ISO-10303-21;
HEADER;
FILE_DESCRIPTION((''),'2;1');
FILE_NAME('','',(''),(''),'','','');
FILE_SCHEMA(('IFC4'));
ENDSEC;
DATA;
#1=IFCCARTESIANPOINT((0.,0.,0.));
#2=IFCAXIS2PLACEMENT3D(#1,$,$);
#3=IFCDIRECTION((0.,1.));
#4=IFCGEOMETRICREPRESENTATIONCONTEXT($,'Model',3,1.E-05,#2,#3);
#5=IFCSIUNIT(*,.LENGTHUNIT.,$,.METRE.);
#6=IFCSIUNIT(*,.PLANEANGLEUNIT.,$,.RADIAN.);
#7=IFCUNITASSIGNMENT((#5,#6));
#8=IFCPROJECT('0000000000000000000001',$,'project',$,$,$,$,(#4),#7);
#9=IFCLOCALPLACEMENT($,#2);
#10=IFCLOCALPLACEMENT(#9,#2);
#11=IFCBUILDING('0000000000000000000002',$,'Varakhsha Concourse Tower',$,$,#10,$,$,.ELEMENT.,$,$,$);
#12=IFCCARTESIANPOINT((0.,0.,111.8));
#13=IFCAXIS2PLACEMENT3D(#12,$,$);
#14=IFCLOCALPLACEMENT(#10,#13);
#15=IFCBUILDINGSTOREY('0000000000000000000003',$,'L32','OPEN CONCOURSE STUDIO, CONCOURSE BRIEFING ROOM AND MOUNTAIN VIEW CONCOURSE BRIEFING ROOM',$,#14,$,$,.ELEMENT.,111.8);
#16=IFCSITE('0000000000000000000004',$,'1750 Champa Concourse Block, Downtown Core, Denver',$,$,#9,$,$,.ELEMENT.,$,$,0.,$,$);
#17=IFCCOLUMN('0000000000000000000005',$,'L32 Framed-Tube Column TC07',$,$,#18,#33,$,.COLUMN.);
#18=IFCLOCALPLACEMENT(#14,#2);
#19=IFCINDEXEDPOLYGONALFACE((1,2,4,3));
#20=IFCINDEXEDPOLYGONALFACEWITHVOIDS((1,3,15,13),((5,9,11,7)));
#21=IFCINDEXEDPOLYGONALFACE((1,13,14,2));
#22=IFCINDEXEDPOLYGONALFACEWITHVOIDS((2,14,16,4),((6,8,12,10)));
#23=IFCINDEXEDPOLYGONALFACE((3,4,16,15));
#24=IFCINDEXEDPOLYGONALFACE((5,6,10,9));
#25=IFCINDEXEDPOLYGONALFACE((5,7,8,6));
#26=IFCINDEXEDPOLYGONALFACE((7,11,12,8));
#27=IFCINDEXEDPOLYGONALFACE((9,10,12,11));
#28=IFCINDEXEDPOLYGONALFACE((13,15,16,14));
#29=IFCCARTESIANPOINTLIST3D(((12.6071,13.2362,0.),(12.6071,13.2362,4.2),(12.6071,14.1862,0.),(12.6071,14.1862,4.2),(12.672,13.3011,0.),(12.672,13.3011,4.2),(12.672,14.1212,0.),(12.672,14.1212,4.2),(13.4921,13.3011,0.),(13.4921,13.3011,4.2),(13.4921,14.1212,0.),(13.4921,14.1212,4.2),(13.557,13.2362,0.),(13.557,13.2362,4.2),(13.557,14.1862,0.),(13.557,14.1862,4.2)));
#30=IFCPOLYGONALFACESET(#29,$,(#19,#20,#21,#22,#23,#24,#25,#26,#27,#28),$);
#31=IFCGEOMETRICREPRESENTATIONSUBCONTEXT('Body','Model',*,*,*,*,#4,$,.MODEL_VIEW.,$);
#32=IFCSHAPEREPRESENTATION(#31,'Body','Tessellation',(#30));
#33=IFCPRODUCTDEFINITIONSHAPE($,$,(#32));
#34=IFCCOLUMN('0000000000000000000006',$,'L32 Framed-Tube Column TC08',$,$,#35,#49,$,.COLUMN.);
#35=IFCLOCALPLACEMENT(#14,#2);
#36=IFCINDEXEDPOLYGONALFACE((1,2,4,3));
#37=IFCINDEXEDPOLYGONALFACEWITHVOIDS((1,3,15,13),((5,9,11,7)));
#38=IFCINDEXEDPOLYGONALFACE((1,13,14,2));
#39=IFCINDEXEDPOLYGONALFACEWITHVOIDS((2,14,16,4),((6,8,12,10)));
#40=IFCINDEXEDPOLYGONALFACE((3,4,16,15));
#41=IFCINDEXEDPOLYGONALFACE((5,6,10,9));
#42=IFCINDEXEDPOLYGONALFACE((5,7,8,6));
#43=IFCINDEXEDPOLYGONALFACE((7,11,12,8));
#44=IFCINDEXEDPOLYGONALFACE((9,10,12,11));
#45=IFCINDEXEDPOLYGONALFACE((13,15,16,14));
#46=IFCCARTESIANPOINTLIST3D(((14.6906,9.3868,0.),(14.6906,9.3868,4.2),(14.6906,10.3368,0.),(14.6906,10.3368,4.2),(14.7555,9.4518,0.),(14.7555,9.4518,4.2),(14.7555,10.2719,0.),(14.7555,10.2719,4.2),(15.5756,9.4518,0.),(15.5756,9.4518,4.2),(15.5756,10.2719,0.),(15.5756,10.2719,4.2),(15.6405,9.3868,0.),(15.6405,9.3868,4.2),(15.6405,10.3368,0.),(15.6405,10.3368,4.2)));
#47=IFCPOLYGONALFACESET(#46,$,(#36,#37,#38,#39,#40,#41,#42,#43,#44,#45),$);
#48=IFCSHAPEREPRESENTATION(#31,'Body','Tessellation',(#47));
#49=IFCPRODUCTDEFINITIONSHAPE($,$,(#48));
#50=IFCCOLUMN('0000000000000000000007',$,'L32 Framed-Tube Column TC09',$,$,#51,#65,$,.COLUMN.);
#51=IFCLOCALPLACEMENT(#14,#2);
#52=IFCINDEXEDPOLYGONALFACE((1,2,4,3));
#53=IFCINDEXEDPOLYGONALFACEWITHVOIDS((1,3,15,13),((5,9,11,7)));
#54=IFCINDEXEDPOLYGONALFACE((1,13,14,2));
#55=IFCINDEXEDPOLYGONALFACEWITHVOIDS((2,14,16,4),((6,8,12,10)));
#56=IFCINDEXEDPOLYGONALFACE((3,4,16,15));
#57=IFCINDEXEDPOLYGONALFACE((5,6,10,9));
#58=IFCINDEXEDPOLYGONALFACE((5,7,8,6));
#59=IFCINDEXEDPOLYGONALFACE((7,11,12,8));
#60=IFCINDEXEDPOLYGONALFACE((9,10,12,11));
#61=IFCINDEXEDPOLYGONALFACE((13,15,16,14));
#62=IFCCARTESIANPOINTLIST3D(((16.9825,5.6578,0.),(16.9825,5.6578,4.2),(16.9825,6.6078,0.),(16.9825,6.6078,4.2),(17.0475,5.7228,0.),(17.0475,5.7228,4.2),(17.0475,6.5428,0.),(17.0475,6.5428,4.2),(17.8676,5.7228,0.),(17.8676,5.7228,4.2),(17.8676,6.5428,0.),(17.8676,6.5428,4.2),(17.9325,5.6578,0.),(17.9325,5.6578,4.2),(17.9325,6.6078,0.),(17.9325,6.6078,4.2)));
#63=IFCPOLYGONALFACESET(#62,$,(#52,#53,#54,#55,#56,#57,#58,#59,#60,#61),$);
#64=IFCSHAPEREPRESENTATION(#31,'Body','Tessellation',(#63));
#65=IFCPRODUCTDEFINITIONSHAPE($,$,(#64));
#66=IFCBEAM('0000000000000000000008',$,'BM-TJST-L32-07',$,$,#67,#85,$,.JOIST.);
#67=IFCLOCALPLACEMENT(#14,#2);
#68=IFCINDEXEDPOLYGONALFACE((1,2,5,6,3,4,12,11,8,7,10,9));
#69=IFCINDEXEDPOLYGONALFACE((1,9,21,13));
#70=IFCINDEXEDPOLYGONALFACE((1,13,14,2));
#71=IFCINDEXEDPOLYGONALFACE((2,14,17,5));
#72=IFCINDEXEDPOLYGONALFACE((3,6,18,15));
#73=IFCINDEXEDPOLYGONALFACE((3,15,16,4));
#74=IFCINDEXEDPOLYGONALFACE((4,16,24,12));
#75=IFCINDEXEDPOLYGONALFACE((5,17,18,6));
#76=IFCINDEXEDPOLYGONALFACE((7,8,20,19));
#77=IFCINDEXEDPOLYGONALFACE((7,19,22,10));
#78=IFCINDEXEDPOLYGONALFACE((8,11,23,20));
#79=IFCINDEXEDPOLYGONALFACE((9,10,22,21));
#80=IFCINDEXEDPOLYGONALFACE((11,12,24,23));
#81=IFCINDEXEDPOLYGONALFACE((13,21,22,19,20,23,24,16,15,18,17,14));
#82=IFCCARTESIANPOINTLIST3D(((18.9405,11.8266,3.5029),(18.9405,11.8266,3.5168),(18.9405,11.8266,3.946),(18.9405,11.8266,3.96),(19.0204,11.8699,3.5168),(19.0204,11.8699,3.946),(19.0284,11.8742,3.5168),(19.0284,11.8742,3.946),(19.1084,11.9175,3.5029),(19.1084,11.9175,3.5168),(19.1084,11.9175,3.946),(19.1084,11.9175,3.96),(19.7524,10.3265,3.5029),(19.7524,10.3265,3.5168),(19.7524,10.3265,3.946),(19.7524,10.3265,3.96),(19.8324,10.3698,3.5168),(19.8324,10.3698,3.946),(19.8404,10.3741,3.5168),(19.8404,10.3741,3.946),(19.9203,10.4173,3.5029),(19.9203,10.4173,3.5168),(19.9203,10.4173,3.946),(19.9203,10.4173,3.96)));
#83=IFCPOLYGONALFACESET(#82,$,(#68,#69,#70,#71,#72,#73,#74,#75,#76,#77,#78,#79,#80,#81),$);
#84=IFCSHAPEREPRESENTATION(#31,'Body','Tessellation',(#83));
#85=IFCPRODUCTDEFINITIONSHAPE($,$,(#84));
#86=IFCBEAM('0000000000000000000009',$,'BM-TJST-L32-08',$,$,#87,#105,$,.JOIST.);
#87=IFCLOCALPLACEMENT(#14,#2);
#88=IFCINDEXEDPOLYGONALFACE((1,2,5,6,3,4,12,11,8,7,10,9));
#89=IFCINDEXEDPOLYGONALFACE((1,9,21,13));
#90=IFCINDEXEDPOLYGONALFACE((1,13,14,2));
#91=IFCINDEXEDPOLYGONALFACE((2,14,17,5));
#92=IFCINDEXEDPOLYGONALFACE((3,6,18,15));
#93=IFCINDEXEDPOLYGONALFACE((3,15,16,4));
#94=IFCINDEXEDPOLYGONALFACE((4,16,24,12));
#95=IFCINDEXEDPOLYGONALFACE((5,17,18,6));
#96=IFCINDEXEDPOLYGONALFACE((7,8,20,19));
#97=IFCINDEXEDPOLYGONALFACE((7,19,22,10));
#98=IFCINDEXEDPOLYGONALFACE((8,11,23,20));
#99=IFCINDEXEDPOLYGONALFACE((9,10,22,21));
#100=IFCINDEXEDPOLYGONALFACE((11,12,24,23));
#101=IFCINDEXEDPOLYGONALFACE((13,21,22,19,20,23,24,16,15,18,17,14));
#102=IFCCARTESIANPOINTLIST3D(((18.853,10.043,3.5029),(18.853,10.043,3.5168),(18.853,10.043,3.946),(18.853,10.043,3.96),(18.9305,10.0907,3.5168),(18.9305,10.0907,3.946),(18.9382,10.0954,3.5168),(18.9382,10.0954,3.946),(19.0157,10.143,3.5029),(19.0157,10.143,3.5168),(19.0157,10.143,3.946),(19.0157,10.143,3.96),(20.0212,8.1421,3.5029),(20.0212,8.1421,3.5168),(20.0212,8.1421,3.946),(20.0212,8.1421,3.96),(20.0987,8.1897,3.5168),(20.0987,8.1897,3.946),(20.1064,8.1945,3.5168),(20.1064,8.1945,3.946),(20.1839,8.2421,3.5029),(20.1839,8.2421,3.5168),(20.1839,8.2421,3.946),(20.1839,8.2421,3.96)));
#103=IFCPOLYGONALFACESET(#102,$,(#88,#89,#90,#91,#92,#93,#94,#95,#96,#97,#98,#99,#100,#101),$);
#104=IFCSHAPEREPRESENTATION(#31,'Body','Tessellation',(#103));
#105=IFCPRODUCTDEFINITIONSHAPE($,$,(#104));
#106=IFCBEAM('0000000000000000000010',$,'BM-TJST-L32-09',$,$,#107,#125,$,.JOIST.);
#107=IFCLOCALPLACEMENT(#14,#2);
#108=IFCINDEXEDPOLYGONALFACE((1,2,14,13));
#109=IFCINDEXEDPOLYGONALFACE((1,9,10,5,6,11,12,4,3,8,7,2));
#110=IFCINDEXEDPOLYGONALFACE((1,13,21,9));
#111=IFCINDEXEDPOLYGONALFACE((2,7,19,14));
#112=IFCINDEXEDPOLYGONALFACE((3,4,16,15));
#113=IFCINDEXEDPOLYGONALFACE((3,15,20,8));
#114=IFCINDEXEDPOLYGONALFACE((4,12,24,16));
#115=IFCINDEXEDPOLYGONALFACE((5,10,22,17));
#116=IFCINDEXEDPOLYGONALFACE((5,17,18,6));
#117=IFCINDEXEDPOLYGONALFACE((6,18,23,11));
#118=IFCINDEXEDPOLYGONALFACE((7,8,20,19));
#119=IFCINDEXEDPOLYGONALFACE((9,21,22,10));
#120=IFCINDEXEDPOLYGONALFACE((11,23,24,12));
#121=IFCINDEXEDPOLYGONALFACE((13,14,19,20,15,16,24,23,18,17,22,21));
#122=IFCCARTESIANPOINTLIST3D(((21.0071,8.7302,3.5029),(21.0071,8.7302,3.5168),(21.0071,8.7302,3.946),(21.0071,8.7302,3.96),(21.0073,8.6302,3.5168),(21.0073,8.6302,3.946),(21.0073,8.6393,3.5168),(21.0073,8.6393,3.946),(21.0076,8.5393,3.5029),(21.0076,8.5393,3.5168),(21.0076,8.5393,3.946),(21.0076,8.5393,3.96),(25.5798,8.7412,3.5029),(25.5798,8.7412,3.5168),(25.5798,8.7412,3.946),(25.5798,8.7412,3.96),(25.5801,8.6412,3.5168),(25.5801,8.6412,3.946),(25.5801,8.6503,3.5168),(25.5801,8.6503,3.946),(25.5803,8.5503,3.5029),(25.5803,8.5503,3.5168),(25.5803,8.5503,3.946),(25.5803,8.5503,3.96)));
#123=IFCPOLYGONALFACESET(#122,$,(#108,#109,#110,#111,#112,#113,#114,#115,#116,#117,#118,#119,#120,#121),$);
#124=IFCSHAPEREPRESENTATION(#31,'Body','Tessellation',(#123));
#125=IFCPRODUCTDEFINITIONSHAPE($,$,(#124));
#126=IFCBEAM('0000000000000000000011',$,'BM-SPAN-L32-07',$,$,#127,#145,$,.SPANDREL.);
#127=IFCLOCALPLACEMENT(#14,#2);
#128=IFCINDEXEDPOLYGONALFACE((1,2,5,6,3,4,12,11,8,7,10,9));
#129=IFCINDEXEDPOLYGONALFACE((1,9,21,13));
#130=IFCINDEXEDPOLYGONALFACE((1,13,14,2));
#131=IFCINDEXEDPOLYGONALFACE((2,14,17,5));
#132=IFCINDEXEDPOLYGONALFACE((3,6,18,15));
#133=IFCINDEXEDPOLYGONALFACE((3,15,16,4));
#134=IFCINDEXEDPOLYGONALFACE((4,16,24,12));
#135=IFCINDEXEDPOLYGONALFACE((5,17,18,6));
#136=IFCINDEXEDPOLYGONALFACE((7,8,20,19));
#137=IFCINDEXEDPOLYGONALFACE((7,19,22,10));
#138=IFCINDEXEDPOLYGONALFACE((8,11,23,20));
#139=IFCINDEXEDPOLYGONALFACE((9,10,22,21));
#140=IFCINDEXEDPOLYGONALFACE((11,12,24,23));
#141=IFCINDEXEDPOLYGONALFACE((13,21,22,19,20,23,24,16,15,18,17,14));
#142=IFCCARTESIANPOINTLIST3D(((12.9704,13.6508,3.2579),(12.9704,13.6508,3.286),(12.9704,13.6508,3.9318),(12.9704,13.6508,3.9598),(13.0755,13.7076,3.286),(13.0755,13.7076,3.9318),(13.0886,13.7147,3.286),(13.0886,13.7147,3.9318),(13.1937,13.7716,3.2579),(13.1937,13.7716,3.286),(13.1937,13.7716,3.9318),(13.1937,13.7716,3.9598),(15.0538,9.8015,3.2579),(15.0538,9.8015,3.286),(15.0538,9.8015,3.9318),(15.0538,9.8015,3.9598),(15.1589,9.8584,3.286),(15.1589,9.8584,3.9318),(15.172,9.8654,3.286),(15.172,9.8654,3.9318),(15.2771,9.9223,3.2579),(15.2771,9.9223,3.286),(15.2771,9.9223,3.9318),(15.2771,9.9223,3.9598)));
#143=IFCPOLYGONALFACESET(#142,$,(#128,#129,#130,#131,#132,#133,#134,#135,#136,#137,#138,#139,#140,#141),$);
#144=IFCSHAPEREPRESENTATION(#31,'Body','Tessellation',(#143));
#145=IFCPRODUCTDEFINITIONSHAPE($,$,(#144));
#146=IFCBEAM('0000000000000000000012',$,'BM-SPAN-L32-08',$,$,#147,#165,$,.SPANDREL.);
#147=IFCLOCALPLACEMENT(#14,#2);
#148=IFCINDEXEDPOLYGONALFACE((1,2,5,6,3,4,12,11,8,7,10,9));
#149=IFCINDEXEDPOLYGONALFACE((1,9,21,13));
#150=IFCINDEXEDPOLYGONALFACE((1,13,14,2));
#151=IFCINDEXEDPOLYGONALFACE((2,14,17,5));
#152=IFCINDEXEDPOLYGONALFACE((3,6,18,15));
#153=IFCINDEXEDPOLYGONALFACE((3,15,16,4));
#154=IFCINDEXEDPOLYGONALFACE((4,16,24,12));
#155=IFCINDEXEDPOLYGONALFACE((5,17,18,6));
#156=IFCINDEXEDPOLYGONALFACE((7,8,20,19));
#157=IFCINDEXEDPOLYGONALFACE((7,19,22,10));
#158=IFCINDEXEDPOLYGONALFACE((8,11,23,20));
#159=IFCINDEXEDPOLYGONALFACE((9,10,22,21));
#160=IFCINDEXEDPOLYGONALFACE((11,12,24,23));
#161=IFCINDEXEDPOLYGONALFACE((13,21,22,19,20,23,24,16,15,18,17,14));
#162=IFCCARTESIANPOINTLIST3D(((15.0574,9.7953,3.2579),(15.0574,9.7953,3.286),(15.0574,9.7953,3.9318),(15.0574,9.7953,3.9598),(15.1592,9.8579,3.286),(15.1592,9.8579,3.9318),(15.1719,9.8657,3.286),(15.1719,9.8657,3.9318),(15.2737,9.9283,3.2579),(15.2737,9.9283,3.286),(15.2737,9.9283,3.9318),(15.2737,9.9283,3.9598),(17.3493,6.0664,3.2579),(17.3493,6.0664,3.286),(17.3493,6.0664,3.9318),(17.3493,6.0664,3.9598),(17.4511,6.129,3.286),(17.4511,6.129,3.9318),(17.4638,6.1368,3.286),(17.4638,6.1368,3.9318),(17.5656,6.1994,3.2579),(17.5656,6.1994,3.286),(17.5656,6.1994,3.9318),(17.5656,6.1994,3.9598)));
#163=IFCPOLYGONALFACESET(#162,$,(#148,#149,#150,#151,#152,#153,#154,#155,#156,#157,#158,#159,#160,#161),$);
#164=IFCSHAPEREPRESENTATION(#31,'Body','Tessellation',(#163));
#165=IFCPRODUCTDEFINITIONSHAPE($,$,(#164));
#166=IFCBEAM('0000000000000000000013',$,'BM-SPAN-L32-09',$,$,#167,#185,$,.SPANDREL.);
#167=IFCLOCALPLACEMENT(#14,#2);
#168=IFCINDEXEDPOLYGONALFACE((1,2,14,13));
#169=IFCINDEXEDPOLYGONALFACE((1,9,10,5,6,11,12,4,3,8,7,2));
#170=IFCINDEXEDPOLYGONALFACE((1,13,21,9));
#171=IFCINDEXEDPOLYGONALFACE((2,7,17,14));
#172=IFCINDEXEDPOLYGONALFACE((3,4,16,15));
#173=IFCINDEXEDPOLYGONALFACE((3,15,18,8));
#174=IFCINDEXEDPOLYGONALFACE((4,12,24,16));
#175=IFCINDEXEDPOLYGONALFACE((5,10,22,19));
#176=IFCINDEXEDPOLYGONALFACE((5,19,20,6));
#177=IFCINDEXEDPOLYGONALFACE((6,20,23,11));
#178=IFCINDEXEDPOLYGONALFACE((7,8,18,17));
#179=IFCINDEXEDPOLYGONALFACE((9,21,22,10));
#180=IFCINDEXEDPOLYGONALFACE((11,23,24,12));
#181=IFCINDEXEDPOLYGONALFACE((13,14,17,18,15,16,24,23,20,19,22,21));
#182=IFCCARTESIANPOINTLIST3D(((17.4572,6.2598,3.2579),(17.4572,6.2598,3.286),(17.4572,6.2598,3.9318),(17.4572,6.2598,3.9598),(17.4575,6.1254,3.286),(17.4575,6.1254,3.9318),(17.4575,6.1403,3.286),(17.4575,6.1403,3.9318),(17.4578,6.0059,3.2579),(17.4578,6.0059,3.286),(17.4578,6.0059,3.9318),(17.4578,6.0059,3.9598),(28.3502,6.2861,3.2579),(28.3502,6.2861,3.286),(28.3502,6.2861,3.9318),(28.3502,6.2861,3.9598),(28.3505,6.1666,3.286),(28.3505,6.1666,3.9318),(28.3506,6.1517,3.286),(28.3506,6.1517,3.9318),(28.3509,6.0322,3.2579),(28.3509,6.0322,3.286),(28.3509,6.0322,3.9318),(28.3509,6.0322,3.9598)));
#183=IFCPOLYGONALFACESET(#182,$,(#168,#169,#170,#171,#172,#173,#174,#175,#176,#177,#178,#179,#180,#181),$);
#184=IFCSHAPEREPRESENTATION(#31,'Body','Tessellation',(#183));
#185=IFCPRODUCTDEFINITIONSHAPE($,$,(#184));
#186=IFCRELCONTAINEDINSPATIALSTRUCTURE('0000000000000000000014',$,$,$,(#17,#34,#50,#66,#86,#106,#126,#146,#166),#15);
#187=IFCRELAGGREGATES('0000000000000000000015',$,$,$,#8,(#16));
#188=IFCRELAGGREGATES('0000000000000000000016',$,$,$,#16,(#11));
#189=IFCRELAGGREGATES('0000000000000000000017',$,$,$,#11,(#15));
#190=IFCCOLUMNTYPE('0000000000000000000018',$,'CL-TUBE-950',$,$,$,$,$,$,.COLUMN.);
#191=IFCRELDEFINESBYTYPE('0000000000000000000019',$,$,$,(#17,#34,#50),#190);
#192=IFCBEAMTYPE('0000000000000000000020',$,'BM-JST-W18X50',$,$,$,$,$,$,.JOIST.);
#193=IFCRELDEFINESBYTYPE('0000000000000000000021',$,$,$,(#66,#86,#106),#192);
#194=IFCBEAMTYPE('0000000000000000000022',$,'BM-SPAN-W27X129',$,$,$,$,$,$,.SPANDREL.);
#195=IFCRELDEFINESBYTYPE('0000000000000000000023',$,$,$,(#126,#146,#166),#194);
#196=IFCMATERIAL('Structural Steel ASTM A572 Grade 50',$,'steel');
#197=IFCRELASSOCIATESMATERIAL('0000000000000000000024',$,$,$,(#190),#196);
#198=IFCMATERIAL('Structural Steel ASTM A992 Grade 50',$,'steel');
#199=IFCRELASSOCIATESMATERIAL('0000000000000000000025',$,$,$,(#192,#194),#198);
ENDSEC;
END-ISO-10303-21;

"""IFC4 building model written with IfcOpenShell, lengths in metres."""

from ifc_helpers import new_model, si_unit, direction, frame, origin, origin_2d, place, context, subcontext, project, spatial, hollow_rectangle, i_section, extrude, material, material_profile, profile_set, type_object, element, save


model = new_model("IFC4")

# Units and contexts
model_context = context("Model", 3, precision=1e-05, world=origin(), true_north=direction((0.0, 1.0)))
body_context = subcontext(model_context, "Body", "Model", "MODEL_VIEW")
ifc_project = project(units=[si_unit("LENGTHUNIT", "METRE"), si_unit("PLANEANGLEUNIT", "RADIAN")], contexts=[model_context])

# Site, building, storey
site_placement = place(None, origin())
site = spatial("IfcSite", under=ifc_project, at=site_placement, Name="1750 Champa Concourse Block, Downtown Core, Denver", CompositionType="ELEMENT", RefElevation=0.0)
building_placement = place(site_placement, origin())
building = spatial("IfcBuilding", under=site, at=building_placement, Name="Varakhsha Concourse Tower", CompositionType="ELEMENT")
storey_placement = place(building_placement, frame((0.0, 0.0, 111.8)))
storey = spatial("IfcBuildingStorey", under=building, at=storey_placement, Name="L32", Description="OPEN CONCOURSE STUDIO, CONCOURSE BRIEFING ROOM AND MOUNTAIN VIEW CONCOURSE BRIEFING ROOM", CompositionType="ELEMENT", Elevation=111.8)

# Columns
ifc_material_1 = material(Name="Structural Steel ASTM A572 Grade 50", Category="steel")
ifc_material_profile_1 = material_profile(ifc_material_1, hollow_rectangle(XDim=0.95, YDim=0.95, WallThickness=0.0649, at=origin_2d()), Name="BOX 950x950x65")
ifc_profile_set_1 = profile_set([ifc_material_profile_1], Name="Structural Steel ASTM A572 Grade 50")
column_type = type_object("IfcColumnType", Name="CL-TUBE-950", PredefinedType="COLUMN", material=ifc_profile_set_1)
for number, where, z_axis, x_axis, name in (
    (1, (13.082, 13.7112, 0.0), (0.0, 0.0, 1.0), (1.0, 0.0, 0.0), "L32 Framed-Tube Column TC07"),
    (2, (15.1655, 9.8618, 0.0), (0.0, 0.0, 1.0), (1.0, 0.0, 0.0), "L32 Framed-Tube Column TC08"),
    (3, (17.4575, 6.1328, 0.0), (0.0, 0.0, 1.0), (1.0, 0.0, 0.0), "L32 Framed-Tube Column TC09"),
):
    element("IfcColumn", number, at=place(storey_placement, frame(where, z_axis=z_axis, x_axis=x_axis)), inside=storey, type_object=column_type, Name=name, PredefinedType="COLUMN", context=body_context, shape_type="SweptSolid", body=[
        extrude(hollow_rectangle(XDim=0.95, YDim=0.95, WallThickness=0.0649, at=origin_2d()), origin(), (0.0, 0.0, 1.0), 4.2),
    ])

# Beams
ifc_material_2 = material(Name="Structural Steel ASTM A992 Grade 50", Category="steel")
ifc_material_profile_2 = material_profile(ifc_material_2, i_section(OverallWidth=0.1909, OverallDepth=0.457, WebThickness=0.009, FlangeThickness=0.0139, at=origin_2d()), Name="W18X50")
ifc_profile_set_2 = profile_set([ifc_material_profile_2], Name="Structural Steel ASTM A992 Grade 50")
beam_type_1 = type_object("IfcBeamType", Name="BM-JST-W18X50", PredefinedType="JOIST", material=ifc_profile_set_2)
beam_1_placement = place(storey_placement, frame((19.0244, 11.8721, 3.7314), z_axis=(0.476002, -0.879444, 0.0), x_axis=(0.879444, 0.476002, 0.0)))
element("IfcBeam", 4, at=beam_1_placement, inside=storey, type_object=beam_type_1, Name="BM-TJST-L32-07", PredefinedType="JOIST", context=body_context, shape_type="SweptSolid", body=[
    extrude(i_section(OverallWidth=0.1909, OverallDepth=0.457, WebThickness=0.009, FlangeThickness=0.0139, at=origin_2d()), origin(), (0.0, 0.0, 1.0), 1.7058),
])
beam_2_placement = place(storey_placement, frame((18.9343, 10.093, 3.7314), z_axis=(0.523591, -0.85197, 0.0), x_axis=(0.85197, 0.523591, 0.0)))
element("IfcBeam", 5, at=beam_2_placement, inside=storey, type_object=beam_type_1, Name="BM-TJST-L32-08", PredefinedType="JOIST", context=body_context, shape_type="SweptSolid", body=[
    extrude(i_section(OverallWidth=0.1909, OverallDepth=0.457, WebThickness=0.009, FlangeThickness=0.0139, at=origin_2d()), origin(), (0.0, 0.0, 1.0), 2.2312),
])
beam_3_placement = place(storey_placement, frame((21.0073, 8.6348, 3.7314), z_axis=(0.999997, 0.002403, 0.0), x_axis=(-0.002403, 0.999997, 0.0)))
element("IfcBeam", 6, at=beam_3_placement, inside=storey, type_object=beam_type_1, Name="BM-TJST-L32-09", PredefinedType="JOIST", context=body_context, shape_type="SweptSolid", body=[
    extrude(i_section(OverallWidth=0.1909, OverallDepth=0.457, WebThickness=0.009, FlangeThickness=0.0139, at=origin_2d()), origin(), (0.0, 0.0, 1.0), 4.5728),
])
ifc_material_profile_3 = material_profile(ifc_material_2, i_section(OverallWidth=0.2539, OverallDepth=0.7019, WebThickness=0.0149, FlangeThickness=0.0281, at=origin_2d()), Name="W27X129")
ifc_profile_set_3 = profile_set([ifc_material_profile_3], Name="Structural Steel ASTM A992 Grade 50")
beam_type_2 = type_object("IfcBeamType", Name="BM-SPAN-W27X129", PredefinedType="SPANDREL", material=ifc_profile_set_3)
for number, where, z_axis, x_axis, name in (
    (7, (13.082, 13.7112, 3.6089), (0.476005, -0.879443, 0.0), (0.879443, 0.476005, 0.0), "BM-SPAN-L32-07"),
    (8, (15.1655, 9.8618, 3.6089), (0.523637, -0.851942, 0.0), (0.851942, 0.523637, 0.0), "BM-SPAN-L32-08"),
):
    element("IfcBeam", number, at=place(storey_placement, frame(where, z_axis=z_axis, x_axis=x_axis)), inside=storey, type_object=beam_type_2, Name=name, PredefinedType="SPANDREL", context=body_context, shape_type="SweptSolid", body=[
        extrude(i_section(OverallWidth=0.2539, OverallDepth=0.7019, WebThickness=0.0149, FlangeThickness=0.0281, at=origin_2d()), origin(), (0.0, 0.0, 1.0), 4.377),
    ])
beam_4_placement = place(storey_placement, frame((17.4575, 6.1328, 3.6089), z_axis=(0.999997, 0.002421, 0.0), x_axis=(-0.002421, 0.999997, 0.0)))
element("IfcBeam", 9, at=beam_4_placement, inside=storey, type_object=beam_type_2, Name="BM-SPAN-L32-09", PredefinedType="SPANDREL", context=body_context, shape_type="SweptSolid", body=[
    extrude(i_section(OverallWidth=0.2539, OverallDepth=0.7019, WebThickness=0.0149, FlangeThickness=0.0281, at=origin_2d()), origin(), (0.0, 0.0, 1.0), 10.8931),
])

save(model, "model.ifc")
